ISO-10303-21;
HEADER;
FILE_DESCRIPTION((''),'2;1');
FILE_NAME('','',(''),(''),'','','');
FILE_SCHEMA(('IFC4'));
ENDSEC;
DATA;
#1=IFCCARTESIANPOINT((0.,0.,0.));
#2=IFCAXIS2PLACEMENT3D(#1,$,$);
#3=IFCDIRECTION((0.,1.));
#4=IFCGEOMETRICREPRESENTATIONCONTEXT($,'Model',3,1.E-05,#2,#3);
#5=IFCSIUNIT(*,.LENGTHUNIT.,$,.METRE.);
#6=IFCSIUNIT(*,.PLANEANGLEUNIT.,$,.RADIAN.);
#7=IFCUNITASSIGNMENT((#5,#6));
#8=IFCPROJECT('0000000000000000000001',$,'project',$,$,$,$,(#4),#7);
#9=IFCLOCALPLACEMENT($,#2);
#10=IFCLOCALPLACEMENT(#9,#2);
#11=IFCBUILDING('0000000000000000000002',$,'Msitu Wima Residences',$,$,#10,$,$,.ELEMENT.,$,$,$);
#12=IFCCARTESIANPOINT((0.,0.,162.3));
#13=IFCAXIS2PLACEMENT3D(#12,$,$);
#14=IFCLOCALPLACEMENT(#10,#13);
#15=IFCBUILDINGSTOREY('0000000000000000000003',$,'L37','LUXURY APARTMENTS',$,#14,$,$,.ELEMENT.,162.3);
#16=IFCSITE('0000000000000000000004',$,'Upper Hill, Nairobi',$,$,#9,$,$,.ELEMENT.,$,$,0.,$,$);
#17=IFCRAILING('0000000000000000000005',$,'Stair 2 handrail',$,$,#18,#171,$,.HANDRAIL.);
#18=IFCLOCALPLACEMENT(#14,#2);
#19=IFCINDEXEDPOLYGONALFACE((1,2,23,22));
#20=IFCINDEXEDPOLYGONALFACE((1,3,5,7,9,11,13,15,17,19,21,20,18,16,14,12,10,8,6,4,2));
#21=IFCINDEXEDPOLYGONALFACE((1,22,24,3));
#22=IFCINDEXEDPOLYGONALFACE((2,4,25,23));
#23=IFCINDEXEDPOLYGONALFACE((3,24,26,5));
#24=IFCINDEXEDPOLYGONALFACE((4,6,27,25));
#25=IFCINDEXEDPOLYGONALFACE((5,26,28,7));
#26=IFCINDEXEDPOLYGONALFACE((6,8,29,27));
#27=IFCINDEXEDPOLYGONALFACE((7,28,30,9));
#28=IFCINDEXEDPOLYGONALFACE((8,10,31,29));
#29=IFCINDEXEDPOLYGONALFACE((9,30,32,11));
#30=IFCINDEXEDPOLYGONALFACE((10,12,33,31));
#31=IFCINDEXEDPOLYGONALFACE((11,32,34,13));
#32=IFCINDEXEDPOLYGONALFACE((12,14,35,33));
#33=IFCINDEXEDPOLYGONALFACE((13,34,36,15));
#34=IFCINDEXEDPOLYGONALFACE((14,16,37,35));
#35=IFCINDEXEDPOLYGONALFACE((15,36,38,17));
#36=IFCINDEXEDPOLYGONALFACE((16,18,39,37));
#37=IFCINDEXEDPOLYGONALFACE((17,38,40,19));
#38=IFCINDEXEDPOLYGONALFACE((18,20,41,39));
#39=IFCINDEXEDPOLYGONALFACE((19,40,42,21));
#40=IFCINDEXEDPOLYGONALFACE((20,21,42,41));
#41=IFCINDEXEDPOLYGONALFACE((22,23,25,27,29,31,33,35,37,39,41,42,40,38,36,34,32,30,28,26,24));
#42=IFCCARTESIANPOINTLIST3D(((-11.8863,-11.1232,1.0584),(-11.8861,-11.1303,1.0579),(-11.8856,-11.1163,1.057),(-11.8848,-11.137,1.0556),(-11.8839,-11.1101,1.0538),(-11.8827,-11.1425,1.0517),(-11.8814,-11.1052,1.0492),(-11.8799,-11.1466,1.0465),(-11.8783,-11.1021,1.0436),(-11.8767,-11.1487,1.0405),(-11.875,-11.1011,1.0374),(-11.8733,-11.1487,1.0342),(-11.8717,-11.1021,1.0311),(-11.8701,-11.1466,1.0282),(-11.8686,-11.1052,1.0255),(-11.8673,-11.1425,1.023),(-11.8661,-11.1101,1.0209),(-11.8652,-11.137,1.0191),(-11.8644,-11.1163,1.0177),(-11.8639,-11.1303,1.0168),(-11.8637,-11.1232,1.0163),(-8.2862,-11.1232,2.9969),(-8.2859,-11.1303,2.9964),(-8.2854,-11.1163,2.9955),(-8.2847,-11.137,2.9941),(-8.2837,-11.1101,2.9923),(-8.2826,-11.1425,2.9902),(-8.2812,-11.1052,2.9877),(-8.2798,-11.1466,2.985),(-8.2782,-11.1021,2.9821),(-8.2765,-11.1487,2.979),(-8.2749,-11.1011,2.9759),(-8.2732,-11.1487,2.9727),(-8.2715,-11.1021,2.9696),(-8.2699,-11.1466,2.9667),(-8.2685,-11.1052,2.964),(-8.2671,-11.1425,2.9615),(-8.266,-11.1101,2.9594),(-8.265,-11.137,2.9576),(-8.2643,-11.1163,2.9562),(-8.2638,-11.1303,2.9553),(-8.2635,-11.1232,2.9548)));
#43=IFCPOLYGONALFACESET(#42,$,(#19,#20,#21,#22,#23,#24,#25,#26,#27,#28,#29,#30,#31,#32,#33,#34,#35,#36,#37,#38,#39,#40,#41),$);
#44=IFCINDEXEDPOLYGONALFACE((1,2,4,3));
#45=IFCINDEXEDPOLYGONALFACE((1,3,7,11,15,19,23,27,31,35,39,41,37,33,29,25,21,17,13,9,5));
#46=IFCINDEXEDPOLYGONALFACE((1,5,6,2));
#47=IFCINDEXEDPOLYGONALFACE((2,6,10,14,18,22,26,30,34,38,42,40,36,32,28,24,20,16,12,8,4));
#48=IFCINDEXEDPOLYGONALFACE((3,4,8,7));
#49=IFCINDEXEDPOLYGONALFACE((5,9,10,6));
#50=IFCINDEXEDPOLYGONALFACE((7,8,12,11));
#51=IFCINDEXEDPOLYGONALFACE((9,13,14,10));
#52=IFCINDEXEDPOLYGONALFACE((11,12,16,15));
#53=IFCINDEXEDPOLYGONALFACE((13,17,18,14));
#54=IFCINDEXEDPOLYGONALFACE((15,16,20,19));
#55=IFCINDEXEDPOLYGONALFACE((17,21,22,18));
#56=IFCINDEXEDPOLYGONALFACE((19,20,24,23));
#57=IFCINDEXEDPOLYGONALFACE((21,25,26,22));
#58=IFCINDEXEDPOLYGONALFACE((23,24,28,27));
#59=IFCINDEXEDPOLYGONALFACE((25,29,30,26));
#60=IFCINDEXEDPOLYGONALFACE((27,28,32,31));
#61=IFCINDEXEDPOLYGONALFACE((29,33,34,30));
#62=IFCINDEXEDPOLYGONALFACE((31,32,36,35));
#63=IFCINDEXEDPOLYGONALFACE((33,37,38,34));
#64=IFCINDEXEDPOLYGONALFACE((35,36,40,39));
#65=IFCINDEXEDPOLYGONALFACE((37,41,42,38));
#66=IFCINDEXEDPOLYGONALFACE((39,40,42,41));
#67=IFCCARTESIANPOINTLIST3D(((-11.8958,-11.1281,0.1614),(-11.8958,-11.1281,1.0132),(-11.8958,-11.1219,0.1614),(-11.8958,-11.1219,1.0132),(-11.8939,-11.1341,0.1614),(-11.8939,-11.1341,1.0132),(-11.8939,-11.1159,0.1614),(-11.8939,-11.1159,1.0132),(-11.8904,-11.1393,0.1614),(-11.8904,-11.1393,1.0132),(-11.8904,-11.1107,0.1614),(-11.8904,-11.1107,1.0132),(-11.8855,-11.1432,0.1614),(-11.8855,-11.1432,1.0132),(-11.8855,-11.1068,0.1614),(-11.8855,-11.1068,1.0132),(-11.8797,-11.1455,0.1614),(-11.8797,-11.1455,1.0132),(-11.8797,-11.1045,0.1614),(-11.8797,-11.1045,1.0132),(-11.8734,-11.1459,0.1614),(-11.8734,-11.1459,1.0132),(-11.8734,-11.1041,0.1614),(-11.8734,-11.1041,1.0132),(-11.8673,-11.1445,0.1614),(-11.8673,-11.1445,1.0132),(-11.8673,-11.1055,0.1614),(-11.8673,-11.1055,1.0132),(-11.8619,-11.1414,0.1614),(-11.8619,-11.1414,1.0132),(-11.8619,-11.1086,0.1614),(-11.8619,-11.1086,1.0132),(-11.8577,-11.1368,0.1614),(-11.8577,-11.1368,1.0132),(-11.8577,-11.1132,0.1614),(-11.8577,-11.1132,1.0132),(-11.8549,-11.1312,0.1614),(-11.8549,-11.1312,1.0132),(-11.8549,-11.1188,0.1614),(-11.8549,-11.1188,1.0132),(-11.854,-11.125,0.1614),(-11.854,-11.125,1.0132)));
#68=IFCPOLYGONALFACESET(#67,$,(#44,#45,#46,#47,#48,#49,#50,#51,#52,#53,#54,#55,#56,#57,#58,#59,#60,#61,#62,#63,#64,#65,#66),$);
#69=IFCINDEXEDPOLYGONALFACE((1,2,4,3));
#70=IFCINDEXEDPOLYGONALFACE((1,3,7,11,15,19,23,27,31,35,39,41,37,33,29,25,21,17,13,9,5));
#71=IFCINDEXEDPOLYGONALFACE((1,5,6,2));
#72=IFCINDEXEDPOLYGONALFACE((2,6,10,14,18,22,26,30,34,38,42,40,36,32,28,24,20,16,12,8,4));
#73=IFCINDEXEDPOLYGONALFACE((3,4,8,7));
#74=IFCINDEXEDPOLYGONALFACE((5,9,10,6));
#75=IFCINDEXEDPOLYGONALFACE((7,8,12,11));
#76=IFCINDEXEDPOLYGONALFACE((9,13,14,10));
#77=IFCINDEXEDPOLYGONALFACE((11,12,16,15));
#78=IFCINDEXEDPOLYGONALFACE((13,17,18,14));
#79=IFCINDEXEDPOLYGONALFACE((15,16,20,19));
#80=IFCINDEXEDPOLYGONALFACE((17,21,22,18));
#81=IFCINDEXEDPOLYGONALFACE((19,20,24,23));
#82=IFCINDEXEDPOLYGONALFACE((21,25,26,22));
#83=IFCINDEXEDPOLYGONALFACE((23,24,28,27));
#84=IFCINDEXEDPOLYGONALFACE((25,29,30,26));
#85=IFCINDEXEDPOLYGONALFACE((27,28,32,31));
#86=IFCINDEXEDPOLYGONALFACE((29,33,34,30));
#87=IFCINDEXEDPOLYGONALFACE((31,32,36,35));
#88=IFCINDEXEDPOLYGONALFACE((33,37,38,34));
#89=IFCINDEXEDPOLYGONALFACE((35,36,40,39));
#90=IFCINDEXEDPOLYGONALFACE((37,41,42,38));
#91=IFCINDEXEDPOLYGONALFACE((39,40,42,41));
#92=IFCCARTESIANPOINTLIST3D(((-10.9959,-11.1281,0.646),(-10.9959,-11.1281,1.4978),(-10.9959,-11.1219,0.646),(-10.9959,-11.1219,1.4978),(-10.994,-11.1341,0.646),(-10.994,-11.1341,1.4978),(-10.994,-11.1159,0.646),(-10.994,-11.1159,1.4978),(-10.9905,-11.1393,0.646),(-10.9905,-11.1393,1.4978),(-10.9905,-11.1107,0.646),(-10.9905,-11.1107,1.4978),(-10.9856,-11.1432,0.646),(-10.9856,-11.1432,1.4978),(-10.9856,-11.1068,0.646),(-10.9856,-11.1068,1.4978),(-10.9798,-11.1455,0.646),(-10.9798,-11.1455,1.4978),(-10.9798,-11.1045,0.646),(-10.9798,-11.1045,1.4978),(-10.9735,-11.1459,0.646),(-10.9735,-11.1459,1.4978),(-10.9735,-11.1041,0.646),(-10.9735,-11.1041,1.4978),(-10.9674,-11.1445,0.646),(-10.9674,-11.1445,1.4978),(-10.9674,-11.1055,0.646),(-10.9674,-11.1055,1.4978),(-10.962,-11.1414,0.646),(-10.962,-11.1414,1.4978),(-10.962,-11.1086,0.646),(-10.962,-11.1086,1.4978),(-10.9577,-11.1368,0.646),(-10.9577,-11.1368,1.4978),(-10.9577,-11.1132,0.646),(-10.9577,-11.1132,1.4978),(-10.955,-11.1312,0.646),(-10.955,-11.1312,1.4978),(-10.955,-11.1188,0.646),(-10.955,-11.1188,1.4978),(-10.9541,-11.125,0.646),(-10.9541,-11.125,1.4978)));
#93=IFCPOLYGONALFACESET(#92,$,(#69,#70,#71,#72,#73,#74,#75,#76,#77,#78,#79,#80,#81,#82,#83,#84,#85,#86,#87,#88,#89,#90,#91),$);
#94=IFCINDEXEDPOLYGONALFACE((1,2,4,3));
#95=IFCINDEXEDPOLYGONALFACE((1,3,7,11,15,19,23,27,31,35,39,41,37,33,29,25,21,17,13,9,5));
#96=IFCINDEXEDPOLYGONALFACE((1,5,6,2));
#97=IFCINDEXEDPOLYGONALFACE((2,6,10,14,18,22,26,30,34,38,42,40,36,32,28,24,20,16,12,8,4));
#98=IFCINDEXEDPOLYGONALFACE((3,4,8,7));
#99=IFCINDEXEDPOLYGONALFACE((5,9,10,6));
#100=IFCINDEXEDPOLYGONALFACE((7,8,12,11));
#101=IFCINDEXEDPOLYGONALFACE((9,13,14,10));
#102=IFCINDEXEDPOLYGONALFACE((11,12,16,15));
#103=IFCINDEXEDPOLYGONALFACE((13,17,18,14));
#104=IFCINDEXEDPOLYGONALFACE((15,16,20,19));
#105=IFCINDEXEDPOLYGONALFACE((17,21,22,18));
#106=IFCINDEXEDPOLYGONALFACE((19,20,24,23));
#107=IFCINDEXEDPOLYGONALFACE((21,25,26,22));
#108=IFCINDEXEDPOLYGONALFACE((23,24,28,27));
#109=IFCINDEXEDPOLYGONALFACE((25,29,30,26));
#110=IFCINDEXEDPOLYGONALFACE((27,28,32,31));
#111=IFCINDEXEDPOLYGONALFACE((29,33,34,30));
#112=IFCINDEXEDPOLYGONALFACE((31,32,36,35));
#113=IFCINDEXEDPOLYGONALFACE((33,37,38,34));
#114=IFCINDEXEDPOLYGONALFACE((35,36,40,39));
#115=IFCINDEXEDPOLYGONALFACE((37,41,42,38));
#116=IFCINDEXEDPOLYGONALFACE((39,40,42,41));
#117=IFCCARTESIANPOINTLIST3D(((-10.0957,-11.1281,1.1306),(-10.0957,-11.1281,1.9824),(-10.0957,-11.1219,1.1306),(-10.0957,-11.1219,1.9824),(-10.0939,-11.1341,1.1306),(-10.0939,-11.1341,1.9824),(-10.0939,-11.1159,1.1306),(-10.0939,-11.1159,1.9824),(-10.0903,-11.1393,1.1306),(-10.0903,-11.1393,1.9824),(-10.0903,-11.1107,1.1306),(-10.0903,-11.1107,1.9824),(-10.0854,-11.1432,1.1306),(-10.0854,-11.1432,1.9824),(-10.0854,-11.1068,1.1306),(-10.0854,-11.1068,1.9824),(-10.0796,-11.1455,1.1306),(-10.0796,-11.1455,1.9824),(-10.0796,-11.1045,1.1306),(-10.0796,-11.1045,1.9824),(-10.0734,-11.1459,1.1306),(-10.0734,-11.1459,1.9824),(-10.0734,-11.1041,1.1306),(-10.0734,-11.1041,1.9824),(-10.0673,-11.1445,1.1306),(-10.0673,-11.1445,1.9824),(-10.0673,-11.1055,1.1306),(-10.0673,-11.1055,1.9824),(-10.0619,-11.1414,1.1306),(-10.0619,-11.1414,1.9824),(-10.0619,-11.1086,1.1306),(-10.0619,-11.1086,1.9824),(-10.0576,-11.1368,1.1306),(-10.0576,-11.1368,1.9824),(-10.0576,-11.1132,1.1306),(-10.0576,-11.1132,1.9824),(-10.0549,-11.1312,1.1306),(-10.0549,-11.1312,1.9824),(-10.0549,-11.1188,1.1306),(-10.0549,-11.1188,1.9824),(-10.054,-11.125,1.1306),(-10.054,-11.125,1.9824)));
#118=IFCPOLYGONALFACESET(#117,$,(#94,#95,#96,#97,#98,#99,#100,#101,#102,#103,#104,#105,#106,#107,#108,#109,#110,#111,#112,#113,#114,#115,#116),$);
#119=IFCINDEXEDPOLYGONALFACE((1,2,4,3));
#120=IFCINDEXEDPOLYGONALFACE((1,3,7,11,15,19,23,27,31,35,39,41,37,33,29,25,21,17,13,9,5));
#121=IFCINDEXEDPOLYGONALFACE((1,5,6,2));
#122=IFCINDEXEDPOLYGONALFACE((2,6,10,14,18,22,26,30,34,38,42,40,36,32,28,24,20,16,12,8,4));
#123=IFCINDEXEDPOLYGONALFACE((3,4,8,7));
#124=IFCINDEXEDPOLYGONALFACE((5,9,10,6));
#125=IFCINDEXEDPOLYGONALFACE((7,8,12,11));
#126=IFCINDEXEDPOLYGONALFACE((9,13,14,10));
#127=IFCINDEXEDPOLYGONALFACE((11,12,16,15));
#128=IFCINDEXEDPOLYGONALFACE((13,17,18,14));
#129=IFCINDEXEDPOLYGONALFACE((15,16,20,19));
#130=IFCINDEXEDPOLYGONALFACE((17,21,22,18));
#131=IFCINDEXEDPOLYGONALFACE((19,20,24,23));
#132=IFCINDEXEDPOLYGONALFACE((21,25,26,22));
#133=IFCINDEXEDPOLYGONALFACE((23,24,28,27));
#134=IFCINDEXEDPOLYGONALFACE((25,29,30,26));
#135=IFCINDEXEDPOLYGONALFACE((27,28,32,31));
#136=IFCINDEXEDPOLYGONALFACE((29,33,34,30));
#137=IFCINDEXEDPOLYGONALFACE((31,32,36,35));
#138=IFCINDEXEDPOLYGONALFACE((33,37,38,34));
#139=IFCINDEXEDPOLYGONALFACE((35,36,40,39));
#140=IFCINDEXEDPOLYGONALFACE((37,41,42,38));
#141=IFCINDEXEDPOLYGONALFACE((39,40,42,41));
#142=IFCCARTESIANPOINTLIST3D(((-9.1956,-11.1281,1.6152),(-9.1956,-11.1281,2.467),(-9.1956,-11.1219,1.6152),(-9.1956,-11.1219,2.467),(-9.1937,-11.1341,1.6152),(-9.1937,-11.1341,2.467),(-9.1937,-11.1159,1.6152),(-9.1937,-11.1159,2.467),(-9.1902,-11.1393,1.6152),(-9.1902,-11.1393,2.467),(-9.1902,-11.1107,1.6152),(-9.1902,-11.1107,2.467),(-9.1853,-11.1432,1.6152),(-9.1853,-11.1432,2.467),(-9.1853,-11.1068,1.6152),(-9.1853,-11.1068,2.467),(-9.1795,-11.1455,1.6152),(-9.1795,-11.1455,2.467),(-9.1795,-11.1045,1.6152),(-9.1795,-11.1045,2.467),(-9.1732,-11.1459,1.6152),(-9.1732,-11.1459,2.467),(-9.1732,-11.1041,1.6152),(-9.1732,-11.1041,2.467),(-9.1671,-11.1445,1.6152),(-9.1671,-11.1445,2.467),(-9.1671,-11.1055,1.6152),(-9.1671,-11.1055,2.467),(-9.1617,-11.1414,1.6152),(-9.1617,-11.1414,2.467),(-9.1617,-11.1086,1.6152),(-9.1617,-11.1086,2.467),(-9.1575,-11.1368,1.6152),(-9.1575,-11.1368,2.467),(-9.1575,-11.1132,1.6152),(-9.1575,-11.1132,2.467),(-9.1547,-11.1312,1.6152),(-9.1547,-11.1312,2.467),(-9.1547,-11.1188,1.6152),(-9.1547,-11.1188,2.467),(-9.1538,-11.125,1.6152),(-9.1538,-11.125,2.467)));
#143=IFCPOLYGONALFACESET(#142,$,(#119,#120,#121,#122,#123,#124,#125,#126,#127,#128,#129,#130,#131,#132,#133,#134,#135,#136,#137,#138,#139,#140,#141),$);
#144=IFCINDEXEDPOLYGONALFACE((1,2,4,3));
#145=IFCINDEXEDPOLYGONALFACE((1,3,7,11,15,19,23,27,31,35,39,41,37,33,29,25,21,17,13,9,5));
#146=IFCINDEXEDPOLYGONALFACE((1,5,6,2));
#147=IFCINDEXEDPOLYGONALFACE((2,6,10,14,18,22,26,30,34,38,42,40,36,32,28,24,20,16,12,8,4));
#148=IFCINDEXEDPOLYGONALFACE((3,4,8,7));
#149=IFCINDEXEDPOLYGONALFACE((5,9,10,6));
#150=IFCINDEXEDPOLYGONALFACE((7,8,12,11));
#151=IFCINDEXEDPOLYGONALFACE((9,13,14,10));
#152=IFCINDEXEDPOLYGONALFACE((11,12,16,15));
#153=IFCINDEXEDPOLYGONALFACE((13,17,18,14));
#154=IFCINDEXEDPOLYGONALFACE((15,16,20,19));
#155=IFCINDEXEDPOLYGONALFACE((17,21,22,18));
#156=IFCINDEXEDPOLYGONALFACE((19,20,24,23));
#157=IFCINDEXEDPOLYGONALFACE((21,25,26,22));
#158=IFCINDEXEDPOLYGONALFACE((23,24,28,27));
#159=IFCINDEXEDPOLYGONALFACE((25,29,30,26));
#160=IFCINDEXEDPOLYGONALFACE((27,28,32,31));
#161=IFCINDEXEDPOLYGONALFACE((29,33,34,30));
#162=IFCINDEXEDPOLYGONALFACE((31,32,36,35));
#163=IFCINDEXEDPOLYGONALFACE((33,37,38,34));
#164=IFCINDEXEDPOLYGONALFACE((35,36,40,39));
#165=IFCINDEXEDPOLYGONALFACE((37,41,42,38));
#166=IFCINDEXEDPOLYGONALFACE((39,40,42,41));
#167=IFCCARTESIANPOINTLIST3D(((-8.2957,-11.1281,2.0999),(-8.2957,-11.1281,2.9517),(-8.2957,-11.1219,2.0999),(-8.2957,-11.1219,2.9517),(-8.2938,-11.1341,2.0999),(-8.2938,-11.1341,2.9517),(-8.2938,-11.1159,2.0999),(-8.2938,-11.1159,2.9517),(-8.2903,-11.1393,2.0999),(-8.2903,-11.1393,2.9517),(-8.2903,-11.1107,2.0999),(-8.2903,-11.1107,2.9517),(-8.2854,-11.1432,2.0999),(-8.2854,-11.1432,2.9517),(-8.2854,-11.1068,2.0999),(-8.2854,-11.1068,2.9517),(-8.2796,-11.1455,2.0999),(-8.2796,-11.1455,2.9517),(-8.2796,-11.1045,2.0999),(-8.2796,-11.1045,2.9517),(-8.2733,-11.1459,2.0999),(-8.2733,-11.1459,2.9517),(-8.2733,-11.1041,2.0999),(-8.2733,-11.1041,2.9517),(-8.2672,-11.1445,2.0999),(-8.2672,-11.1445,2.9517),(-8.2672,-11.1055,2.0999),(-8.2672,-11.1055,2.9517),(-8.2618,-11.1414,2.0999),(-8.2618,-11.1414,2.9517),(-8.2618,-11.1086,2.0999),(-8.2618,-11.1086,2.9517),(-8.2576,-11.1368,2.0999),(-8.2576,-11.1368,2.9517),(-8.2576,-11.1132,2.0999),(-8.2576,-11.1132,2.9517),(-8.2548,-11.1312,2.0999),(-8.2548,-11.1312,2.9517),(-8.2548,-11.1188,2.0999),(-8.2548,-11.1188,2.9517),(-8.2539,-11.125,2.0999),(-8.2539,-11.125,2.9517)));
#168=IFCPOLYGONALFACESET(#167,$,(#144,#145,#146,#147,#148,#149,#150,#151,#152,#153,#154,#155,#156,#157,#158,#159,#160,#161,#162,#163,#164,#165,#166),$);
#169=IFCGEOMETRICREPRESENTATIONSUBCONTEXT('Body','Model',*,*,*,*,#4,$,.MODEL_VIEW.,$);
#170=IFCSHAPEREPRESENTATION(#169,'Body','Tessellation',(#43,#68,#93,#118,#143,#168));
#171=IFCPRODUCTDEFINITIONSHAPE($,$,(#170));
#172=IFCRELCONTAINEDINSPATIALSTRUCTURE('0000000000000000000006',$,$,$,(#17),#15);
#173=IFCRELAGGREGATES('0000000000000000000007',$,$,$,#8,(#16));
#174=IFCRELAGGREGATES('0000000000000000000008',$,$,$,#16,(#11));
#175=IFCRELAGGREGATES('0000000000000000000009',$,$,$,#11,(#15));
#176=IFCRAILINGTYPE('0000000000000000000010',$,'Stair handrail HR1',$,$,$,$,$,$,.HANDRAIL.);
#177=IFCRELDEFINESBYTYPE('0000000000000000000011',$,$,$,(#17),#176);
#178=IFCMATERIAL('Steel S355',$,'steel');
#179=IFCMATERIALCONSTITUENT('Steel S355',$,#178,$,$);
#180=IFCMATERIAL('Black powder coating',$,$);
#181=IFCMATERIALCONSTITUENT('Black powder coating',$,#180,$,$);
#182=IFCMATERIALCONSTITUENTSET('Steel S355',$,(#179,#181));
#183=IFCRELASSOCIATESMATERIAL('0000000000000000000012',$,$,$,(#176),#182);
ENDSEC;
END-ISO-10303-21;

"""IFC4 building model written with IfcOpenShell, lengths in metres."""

from ifc_helpers import new_model, si_unit, direction, frame, origin, origin_2d, place, context, subcontext, project, spatial, circle, extrude, material, constituent, constituent_set, type_object, element, save


model = new_model("IFC4")

# Units and contexts
model_context = context("Model", 3, precision=1e-05, world=origin(), true_north=direction((0.0, 1.0)))
body_context = subcontext(model_context, "Body", "Model", "MODEL_VIEW")
ifc_project = project(units=[si_unit("LENGTHUNIT", "METRE"), si_unit("PLANEANGLEUNIT", "RADIAN")], contexts=[model_context])

# Site, building, storey
site_placement = place(None, origin())
site = spatial("IfcSite", under=ifc_project, at=site_placement, Name="Upper Hill, Nairobi", CompositionType="ELEMENT", RefElevation=0.0)
building_placement = place(site_placement, origin())
building = spatial("IfcBuilding", under=site, at=building_placement, Name="Msitu Wima Residences", CompositionType="ELEMENT")
storey_placement = place(building_placement, frame((0.0, 0.0, 162.3)))
storey = spatial("IfcBuildingStorey", under=building, at=storey_placement, Name="L37", Description="LUXURY APARTMENTS", CompositionType="ELEMENT", Elevation=162.3)

# Railing
ifc_material_1 = material(Name="Steel S355", Category="steel")
ifc_constituent_1 = constituent(ifc_material_1, Name="Steel S355")
ifc_material_2 = material(Name="Black powder coating")
ifc_constituent_2 = constituent(ifc_material_2, Name="Black powder coating")
ifc_constituent_set = constituent_set(constituents=[ifc_constituent_1, ifc_constituent_2], Name="Steel S355")
railing_type = type_object("IfcRailingType", Name="Stair handrail HR1", PredefinedType="HANDRAIL", material=ifc_constituent_set)
for number, where, name in (
    (1, (-11.875, -11.125, 0.1614), "Stair 2 handrail"),
):
    element("IfcRailing", number, at=place(storey_placement, frame(where)), inside=storey, type_object=railing_type, Name=name, PredefinedType="HANDRAIL", context=body_context, shape_type="SweptSolid", body=[
        extrude(circle(Radius=0.0239, at=origin_2d()), frame((0.0, 0.0, 0.876), z_axis=(0.880475, 0.0, 0.474093), x_axis=(0.0, 1.0, 0.0)), (0.0, 0.0, 1.0), 4.0889),
        extrude(circle(Radius=0.021, at=origin_2d()), origin(), (0.0, 0.0, 1.0), 0.8518),
        extrude(circle(Radius=0.021, at=origin_2d()), frame((0.8999, 0.0, 0.4846)), (0.0, 0.0, 1.0), 0.8518),
        extrude(circle(Radius=0.021, at=origin_2d()), frame((1.8, 0.0, 0.9692)), (0.0, 0.0, 1.0), 0.8518),
        extrude(circle(Radius=0.021, at=origin_2d()), frame((2.7002, 0.0, 1.4539)), (0.0, 0.0, 1.0), 0.8518),
        extrude(circle(Radius=0.021, at=origin_2d()), frame((3.6001, 0.0, 1.9385)), (0.0, 0.0, 1.0), 0.8518),
    ])

save(model, "model.ifc")
